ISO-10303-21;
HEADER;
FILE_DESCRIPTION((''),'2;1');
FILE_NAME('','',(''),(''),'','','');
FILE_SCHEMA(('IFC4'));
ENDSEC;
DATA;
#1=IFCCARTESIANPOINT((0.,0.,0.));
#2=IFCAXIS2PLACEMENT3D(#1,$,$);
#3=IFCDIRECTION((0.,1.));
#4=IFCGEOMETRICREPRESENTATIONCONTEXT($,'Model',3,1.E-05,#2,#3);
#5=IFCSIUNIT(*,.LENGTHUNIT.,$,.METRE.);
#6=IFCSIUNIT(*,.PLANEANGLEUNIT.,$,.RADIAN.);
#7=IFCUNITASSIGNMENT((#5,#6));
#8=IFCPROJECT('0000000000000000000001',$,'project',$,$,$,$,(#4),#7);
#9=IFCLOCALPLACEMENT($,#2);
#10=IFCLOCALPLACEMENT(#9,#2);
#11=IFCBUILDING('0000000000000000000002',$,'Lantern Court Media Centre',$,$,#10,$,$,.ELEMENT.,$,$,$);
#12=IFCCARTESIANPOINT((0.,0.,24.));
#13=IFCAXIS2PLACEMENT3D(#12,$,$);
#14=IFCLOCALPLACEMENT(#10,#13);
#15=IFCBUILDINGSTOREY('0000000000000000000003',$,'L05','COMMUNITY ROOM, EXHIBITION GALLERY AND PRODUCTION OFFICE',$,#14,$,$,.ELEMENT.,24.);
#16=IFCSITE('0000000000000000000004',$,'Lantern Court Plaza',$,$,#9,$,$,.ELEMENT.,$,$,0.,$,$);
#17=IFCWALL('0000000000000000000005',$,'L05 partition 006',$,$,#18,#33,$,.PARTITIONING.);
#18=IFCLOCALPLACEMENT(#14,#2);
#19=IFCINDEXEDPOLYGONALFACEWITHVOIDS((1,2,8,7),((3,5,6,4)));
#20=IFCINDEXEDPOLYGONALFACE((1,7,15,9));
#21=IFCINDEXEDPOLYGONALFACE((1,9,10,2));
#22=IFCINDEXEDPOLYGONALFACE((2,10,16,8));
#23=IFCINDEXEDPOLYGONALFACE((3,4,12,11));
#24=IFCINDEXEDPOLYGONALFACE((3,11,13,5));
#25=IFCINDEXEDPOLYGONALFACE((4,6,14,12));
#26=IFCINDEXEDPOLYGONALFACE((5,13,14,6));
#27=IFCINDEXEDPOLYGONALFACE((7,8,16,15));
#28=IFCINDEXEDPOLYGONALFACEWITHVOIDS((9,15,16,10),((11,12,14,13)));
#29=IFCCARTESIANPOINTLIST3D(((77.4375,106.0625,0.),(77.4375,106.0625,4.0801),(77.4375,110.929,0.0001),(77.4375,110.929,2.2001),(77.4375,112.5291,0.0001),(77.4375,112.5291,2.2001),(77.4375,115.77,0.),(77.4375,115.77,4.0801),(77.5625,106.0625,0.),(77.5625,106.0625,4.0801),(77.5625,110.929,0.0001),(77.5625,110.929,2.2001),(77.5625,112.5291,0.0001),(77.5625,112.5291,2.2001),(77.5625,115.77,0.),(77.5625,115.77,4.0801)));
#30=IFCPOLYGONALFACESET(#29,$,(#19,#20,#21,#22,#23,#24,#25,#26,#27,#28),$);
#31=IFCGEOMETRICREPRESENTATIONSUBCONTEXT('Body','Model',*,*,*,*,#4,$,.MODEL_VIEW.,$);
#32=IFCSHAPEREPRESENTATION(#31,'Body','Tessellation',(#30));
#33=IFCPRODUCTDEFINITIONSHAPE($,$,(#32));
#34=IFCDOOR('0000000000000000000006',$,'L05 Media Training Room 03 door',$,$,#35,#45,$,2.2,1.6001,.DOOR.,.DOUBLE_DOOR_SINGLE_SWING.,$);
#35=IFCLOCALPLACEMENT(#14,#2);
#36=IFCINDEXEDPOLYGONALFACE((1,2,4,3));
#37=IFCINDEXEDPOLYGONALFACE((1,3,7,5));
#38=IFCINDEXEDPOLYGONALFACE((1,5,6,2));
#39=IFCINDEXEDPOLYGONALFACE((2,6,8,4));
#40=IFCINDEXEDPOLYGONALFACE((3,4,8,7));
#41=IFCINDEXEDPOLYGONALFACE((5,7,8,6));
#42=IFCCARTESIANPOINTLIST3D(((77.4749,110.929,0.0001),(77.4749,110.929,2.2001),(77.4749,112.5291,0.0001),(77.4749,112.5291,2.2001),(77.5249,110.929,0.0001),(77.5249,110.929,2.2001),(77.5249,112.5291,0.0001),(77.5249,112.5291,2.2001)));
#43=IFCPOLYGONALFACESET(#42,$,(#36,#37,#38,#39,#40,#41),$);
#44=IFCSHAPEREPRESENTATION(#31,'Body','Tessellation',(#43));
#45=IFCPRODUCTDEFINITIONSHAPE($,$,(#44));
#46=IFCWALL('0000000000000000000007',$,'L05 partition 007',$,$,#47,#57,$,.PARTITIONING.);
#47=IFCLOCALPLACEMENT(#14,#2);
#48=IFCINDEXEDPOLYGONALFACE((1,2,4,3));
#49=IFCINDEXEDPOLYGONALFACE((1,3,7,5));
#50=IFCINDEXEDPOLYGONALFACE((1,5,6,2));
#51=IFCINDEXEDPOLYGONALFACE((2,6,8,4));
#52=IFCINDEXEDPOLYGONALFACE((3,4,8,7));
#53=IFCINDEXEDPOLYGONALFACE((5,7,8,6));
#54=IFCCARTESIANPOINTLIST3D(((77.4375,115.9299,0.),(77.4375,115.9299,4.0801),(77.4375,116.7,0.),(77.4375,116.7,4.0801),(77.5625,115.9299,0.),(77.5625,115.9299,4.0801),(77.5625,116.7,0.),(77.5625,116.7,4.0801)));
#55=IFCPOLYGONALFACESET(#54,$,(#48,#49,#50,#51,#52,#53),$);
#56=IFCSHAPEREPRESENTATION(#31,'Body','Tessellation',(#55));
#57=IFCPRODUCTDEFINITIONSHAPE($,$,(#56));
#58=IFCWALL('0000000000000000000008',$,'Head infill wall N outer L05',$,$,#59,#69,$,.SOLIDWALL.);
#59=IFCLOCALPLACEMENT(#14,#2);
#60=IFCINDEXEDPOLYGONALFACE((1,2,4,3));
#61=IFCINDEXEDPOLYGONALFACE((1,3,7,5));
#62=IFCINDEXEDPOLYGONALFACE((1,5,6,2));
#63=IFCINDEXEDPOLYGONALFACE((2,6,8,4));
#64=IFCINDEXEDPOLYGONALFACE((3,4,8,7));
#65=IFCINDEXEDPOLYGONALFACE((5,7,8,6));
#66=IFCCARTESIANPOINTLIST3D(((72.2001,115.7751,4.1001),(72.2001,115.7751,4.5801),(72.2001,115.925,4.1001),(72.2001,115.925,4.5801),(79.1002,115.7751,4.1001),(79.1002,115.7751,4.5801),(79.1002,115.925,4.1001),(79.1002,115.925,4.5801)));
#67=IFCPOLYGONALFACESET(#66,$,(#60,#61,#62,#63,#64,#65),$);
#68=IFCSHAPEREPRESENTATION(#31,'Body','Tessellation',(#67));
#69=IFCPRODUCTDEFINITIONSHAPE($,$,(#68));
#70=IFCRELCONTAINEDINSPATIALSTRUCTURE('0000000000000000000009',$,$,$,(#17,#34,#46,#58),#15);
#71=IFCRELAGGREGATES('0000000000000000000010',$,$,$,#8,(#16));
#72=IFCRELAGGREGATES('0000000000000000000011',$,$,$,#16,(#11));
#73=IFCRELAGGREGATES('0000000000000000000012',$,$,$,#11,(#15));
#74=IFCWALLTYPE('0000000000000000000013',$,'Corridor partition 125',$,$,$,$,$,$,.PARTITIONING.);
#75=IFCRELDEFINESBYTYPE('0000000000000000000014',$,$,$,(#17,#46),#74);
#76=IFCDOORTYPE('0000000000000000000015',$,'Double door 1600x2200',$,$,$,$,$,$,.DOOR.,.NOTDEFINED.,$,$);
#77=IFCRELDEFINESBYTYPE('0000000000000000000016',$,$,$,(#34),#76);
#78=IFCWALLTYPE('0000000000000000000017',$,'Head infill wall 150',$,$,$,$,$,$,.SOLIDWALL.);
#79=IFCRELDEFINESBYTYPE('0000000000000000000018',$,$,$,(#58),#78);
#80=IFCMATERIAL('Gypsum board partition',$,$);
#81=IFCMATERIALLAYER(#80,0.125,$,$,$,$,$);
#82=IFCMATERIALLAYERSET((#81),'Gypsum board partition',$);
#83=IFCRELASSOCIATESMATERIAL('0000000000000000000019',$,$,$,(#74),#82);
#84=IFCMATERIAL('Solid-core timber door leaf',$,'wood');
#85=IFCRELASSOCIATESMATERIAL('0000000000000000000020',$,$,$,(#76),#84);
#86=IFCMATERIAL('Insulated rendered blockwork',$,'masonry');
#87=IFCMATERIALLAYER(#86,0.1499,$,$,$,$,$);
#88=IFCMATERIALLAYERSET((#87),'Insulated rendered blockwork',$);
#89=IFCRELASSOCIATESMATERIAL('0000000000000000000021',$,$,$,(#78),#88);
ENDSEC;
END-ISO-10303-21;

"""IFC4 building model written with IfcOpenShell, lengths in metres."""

from ifc_helpers import new_model, si_unit, direction, frame, frame_2d, origin, place, context, subcontext, project, spatial, rectangle, extrude, material, layer, layer_set, type_object, element, fill, save


model = new_model("IFC4")

# Units and contexts
model_context = context("Model", 3, precision=1e-05, world=origin(), true_north=direction((0.0, 1.0)))
body_context = subcontext(model_context, "Body", "Model", "MODEL_VIEW")
ifc_project = project(units=[si_unit("LENGTHUNIT", "METRE"), si_unit("PLANEANGLEUNIT", "RADIAN")], contexts=[model_context])

# Site, building, storey
site_placement = place(None, origin())
site = spatial("IfcSite", under=ifc_project, at=site_placement, Name="Lantern Court Plaza", CompositionType="ELEMENT", RefElevation=0.0)
building_placement = place(site_placement, origin())
building = spatial("IfcBuilding", under=site, at=building_placement, Name="Lantern Court Media Centre", CompositionType="ELEMENT")
storey_placement = place(building_placement, frame((0.0, 0.0, 24.0)))
storey = spatial("IfcBuildingStorey", under=building, at=storey_placement, Name="L05", Description="COMMUNITY ROOM, EXHIBITION GALLERY AND PRODUCTION OFFICE", CompositionType="ELEMENT", Elevation=24.0)

# Wall, opening, door
ifc_material_1 = material(Name="Gypsum board partition")
ifc_layer_1 = layer(ifc_material_1, 0.125)
ifc_layer_set_1 = layer_set([ifc_layer_1], Name="Gypsum board partition")
wall_type_1 = type_object("IfcWallType", Name="Corridor partition 125", PredefinedType="PARTITIONING", material=ifc_layer_set_1)
wall_1_placement = place(storey_placement, frame((77.5, 106.0625, 0.0), z_axis=(0.0, 0.0, 1.0), x_axis=(0.0, 1.0, 0.0)))
wall_1 = element("IfcWall", 1, at=wall_1_placement, inside=storey, type_object=wall_type_1, Name="L05 partition 006", PredefinedType="PARTITIONING", context=body_context, shape_type="SweptSolid", body=[
    extrude(rectangle(XDim=9.7075, YDim=0.125, at=frame_2d((4.8538, 0.0))), origin(), (0.0, 0.0, 1.0), 4.0801),
])
opening_placement = place(wall_1_placement, frame((4.8665, 0.0, 0.0)))
opening = element("IfcOpeningElement", 2, at=opening_placement, cuts=wall_1, PredefinedType="OPENING", context=body_context, shape_type="SweptSolid", body=[
    extrude(rectangle(XDim=1.6001, YDim=2.2, at=frame_2d((0.8, 1.1001))), frame((0.0, 0.0725, 0.0), z_axis=(0.0, -1.0, 0.0), x_axis=(1.0, 0.0, 0.0)), (0.0, 0.0, 1.0), 0.145),
])
ifc_material_2 = material(Name="Solid-core timber door leaf", Category="wood")
door_type = type_object("IfcDoorType", Name="Double door 1600x2200", OperationType="NOTDEFINED", PredefinedType="DOOR", material=ifc_material_2)
door_placement = place(opening_placement, frame((1.6001, 0.0, 0.0), z_axis=(0.0, 0.0, 1.0), x_axis=(-1.0, 0.0, 0.0)))
door = element("IfcDoor", 3, at=door_placement, inside=storey, type_object=door_type, Name="L05 Media Training Room 03 door", OperationType="DOUBLE_DOOR_SINGLE_SWING", OverallHeight=2.2, OverallWidth=1.6001, PredefinedType="DOOR", context=body_context, shape_type="SweptSolid", body=[
    extrude(rectangle(XDim=1.6001, YDim=2.2, at=frame_2d((0.8, 1.1001))), frame((0.0, 0.0249, 0.0), z_axis=(0.0, -1.0, 0.0), x_axis=(1.0, 0.0, 0.0)), (0.0, 0.0, 1.0), 0.05),
])
fill(opening, door)

# Walls
wall_2_placement = place(storey_placement, frame((77.5, 115.9299, 0.0), z_axis=(0.0, 0.0, 1.0), x_axis=(0.0, 1.0, 0.0)))
element("IfcWall", 4, at=wall_2_placement, inside=storey, type_object=wall_type_1, Name="L05 partition 007", PredefinedType="PARTITIONING", context=body_context, shape_type="SweptSolid", body=[
    extrude(rectangle(XDim=0.77, YDim=0.125, at=frame_2d((0.385, 0.0))), origin(), (0.0, 0.0, 1.0), 4.0801),
])
ifc_material_3 = material(Name="Insulated rendered blockwork", Category="masonry")
ifc_layer_2 = layer(ifc_material_3, 0.1499)
ifc_layer_set_2 = layer_set([ifc_layer_2], Name="Insulated rendered blockwork")
wall_type_2 = type_object("IfcWallType", Name="Head infill wall 150", PredefinedType="SOLIDWALL", material=ifc_layer_set_2)
wall_3_placement = place(storey_placement, frame((72.2, 115.8501, 4.1001), z_axis=(0.0, 0.0, 1.0), x_axis=(1.0, 0.0, 0.0)))
element("IfcWall", 5, at=wall_3_placement, inside=storey, type_object=wall_type_2, Name="Head infill wall N outer L05", PredefinedType="SOLIDWALL", context=body_context, shape_type="SweptSolid", body=[
    extrude(rectangle(XDim=6.9001, YDim=0.1499, at=frame_2d((3.4502, 0.0))), origin(), (0.0, 0.0, 1.0), 0.48),
])

save(model, "model.ifc")
